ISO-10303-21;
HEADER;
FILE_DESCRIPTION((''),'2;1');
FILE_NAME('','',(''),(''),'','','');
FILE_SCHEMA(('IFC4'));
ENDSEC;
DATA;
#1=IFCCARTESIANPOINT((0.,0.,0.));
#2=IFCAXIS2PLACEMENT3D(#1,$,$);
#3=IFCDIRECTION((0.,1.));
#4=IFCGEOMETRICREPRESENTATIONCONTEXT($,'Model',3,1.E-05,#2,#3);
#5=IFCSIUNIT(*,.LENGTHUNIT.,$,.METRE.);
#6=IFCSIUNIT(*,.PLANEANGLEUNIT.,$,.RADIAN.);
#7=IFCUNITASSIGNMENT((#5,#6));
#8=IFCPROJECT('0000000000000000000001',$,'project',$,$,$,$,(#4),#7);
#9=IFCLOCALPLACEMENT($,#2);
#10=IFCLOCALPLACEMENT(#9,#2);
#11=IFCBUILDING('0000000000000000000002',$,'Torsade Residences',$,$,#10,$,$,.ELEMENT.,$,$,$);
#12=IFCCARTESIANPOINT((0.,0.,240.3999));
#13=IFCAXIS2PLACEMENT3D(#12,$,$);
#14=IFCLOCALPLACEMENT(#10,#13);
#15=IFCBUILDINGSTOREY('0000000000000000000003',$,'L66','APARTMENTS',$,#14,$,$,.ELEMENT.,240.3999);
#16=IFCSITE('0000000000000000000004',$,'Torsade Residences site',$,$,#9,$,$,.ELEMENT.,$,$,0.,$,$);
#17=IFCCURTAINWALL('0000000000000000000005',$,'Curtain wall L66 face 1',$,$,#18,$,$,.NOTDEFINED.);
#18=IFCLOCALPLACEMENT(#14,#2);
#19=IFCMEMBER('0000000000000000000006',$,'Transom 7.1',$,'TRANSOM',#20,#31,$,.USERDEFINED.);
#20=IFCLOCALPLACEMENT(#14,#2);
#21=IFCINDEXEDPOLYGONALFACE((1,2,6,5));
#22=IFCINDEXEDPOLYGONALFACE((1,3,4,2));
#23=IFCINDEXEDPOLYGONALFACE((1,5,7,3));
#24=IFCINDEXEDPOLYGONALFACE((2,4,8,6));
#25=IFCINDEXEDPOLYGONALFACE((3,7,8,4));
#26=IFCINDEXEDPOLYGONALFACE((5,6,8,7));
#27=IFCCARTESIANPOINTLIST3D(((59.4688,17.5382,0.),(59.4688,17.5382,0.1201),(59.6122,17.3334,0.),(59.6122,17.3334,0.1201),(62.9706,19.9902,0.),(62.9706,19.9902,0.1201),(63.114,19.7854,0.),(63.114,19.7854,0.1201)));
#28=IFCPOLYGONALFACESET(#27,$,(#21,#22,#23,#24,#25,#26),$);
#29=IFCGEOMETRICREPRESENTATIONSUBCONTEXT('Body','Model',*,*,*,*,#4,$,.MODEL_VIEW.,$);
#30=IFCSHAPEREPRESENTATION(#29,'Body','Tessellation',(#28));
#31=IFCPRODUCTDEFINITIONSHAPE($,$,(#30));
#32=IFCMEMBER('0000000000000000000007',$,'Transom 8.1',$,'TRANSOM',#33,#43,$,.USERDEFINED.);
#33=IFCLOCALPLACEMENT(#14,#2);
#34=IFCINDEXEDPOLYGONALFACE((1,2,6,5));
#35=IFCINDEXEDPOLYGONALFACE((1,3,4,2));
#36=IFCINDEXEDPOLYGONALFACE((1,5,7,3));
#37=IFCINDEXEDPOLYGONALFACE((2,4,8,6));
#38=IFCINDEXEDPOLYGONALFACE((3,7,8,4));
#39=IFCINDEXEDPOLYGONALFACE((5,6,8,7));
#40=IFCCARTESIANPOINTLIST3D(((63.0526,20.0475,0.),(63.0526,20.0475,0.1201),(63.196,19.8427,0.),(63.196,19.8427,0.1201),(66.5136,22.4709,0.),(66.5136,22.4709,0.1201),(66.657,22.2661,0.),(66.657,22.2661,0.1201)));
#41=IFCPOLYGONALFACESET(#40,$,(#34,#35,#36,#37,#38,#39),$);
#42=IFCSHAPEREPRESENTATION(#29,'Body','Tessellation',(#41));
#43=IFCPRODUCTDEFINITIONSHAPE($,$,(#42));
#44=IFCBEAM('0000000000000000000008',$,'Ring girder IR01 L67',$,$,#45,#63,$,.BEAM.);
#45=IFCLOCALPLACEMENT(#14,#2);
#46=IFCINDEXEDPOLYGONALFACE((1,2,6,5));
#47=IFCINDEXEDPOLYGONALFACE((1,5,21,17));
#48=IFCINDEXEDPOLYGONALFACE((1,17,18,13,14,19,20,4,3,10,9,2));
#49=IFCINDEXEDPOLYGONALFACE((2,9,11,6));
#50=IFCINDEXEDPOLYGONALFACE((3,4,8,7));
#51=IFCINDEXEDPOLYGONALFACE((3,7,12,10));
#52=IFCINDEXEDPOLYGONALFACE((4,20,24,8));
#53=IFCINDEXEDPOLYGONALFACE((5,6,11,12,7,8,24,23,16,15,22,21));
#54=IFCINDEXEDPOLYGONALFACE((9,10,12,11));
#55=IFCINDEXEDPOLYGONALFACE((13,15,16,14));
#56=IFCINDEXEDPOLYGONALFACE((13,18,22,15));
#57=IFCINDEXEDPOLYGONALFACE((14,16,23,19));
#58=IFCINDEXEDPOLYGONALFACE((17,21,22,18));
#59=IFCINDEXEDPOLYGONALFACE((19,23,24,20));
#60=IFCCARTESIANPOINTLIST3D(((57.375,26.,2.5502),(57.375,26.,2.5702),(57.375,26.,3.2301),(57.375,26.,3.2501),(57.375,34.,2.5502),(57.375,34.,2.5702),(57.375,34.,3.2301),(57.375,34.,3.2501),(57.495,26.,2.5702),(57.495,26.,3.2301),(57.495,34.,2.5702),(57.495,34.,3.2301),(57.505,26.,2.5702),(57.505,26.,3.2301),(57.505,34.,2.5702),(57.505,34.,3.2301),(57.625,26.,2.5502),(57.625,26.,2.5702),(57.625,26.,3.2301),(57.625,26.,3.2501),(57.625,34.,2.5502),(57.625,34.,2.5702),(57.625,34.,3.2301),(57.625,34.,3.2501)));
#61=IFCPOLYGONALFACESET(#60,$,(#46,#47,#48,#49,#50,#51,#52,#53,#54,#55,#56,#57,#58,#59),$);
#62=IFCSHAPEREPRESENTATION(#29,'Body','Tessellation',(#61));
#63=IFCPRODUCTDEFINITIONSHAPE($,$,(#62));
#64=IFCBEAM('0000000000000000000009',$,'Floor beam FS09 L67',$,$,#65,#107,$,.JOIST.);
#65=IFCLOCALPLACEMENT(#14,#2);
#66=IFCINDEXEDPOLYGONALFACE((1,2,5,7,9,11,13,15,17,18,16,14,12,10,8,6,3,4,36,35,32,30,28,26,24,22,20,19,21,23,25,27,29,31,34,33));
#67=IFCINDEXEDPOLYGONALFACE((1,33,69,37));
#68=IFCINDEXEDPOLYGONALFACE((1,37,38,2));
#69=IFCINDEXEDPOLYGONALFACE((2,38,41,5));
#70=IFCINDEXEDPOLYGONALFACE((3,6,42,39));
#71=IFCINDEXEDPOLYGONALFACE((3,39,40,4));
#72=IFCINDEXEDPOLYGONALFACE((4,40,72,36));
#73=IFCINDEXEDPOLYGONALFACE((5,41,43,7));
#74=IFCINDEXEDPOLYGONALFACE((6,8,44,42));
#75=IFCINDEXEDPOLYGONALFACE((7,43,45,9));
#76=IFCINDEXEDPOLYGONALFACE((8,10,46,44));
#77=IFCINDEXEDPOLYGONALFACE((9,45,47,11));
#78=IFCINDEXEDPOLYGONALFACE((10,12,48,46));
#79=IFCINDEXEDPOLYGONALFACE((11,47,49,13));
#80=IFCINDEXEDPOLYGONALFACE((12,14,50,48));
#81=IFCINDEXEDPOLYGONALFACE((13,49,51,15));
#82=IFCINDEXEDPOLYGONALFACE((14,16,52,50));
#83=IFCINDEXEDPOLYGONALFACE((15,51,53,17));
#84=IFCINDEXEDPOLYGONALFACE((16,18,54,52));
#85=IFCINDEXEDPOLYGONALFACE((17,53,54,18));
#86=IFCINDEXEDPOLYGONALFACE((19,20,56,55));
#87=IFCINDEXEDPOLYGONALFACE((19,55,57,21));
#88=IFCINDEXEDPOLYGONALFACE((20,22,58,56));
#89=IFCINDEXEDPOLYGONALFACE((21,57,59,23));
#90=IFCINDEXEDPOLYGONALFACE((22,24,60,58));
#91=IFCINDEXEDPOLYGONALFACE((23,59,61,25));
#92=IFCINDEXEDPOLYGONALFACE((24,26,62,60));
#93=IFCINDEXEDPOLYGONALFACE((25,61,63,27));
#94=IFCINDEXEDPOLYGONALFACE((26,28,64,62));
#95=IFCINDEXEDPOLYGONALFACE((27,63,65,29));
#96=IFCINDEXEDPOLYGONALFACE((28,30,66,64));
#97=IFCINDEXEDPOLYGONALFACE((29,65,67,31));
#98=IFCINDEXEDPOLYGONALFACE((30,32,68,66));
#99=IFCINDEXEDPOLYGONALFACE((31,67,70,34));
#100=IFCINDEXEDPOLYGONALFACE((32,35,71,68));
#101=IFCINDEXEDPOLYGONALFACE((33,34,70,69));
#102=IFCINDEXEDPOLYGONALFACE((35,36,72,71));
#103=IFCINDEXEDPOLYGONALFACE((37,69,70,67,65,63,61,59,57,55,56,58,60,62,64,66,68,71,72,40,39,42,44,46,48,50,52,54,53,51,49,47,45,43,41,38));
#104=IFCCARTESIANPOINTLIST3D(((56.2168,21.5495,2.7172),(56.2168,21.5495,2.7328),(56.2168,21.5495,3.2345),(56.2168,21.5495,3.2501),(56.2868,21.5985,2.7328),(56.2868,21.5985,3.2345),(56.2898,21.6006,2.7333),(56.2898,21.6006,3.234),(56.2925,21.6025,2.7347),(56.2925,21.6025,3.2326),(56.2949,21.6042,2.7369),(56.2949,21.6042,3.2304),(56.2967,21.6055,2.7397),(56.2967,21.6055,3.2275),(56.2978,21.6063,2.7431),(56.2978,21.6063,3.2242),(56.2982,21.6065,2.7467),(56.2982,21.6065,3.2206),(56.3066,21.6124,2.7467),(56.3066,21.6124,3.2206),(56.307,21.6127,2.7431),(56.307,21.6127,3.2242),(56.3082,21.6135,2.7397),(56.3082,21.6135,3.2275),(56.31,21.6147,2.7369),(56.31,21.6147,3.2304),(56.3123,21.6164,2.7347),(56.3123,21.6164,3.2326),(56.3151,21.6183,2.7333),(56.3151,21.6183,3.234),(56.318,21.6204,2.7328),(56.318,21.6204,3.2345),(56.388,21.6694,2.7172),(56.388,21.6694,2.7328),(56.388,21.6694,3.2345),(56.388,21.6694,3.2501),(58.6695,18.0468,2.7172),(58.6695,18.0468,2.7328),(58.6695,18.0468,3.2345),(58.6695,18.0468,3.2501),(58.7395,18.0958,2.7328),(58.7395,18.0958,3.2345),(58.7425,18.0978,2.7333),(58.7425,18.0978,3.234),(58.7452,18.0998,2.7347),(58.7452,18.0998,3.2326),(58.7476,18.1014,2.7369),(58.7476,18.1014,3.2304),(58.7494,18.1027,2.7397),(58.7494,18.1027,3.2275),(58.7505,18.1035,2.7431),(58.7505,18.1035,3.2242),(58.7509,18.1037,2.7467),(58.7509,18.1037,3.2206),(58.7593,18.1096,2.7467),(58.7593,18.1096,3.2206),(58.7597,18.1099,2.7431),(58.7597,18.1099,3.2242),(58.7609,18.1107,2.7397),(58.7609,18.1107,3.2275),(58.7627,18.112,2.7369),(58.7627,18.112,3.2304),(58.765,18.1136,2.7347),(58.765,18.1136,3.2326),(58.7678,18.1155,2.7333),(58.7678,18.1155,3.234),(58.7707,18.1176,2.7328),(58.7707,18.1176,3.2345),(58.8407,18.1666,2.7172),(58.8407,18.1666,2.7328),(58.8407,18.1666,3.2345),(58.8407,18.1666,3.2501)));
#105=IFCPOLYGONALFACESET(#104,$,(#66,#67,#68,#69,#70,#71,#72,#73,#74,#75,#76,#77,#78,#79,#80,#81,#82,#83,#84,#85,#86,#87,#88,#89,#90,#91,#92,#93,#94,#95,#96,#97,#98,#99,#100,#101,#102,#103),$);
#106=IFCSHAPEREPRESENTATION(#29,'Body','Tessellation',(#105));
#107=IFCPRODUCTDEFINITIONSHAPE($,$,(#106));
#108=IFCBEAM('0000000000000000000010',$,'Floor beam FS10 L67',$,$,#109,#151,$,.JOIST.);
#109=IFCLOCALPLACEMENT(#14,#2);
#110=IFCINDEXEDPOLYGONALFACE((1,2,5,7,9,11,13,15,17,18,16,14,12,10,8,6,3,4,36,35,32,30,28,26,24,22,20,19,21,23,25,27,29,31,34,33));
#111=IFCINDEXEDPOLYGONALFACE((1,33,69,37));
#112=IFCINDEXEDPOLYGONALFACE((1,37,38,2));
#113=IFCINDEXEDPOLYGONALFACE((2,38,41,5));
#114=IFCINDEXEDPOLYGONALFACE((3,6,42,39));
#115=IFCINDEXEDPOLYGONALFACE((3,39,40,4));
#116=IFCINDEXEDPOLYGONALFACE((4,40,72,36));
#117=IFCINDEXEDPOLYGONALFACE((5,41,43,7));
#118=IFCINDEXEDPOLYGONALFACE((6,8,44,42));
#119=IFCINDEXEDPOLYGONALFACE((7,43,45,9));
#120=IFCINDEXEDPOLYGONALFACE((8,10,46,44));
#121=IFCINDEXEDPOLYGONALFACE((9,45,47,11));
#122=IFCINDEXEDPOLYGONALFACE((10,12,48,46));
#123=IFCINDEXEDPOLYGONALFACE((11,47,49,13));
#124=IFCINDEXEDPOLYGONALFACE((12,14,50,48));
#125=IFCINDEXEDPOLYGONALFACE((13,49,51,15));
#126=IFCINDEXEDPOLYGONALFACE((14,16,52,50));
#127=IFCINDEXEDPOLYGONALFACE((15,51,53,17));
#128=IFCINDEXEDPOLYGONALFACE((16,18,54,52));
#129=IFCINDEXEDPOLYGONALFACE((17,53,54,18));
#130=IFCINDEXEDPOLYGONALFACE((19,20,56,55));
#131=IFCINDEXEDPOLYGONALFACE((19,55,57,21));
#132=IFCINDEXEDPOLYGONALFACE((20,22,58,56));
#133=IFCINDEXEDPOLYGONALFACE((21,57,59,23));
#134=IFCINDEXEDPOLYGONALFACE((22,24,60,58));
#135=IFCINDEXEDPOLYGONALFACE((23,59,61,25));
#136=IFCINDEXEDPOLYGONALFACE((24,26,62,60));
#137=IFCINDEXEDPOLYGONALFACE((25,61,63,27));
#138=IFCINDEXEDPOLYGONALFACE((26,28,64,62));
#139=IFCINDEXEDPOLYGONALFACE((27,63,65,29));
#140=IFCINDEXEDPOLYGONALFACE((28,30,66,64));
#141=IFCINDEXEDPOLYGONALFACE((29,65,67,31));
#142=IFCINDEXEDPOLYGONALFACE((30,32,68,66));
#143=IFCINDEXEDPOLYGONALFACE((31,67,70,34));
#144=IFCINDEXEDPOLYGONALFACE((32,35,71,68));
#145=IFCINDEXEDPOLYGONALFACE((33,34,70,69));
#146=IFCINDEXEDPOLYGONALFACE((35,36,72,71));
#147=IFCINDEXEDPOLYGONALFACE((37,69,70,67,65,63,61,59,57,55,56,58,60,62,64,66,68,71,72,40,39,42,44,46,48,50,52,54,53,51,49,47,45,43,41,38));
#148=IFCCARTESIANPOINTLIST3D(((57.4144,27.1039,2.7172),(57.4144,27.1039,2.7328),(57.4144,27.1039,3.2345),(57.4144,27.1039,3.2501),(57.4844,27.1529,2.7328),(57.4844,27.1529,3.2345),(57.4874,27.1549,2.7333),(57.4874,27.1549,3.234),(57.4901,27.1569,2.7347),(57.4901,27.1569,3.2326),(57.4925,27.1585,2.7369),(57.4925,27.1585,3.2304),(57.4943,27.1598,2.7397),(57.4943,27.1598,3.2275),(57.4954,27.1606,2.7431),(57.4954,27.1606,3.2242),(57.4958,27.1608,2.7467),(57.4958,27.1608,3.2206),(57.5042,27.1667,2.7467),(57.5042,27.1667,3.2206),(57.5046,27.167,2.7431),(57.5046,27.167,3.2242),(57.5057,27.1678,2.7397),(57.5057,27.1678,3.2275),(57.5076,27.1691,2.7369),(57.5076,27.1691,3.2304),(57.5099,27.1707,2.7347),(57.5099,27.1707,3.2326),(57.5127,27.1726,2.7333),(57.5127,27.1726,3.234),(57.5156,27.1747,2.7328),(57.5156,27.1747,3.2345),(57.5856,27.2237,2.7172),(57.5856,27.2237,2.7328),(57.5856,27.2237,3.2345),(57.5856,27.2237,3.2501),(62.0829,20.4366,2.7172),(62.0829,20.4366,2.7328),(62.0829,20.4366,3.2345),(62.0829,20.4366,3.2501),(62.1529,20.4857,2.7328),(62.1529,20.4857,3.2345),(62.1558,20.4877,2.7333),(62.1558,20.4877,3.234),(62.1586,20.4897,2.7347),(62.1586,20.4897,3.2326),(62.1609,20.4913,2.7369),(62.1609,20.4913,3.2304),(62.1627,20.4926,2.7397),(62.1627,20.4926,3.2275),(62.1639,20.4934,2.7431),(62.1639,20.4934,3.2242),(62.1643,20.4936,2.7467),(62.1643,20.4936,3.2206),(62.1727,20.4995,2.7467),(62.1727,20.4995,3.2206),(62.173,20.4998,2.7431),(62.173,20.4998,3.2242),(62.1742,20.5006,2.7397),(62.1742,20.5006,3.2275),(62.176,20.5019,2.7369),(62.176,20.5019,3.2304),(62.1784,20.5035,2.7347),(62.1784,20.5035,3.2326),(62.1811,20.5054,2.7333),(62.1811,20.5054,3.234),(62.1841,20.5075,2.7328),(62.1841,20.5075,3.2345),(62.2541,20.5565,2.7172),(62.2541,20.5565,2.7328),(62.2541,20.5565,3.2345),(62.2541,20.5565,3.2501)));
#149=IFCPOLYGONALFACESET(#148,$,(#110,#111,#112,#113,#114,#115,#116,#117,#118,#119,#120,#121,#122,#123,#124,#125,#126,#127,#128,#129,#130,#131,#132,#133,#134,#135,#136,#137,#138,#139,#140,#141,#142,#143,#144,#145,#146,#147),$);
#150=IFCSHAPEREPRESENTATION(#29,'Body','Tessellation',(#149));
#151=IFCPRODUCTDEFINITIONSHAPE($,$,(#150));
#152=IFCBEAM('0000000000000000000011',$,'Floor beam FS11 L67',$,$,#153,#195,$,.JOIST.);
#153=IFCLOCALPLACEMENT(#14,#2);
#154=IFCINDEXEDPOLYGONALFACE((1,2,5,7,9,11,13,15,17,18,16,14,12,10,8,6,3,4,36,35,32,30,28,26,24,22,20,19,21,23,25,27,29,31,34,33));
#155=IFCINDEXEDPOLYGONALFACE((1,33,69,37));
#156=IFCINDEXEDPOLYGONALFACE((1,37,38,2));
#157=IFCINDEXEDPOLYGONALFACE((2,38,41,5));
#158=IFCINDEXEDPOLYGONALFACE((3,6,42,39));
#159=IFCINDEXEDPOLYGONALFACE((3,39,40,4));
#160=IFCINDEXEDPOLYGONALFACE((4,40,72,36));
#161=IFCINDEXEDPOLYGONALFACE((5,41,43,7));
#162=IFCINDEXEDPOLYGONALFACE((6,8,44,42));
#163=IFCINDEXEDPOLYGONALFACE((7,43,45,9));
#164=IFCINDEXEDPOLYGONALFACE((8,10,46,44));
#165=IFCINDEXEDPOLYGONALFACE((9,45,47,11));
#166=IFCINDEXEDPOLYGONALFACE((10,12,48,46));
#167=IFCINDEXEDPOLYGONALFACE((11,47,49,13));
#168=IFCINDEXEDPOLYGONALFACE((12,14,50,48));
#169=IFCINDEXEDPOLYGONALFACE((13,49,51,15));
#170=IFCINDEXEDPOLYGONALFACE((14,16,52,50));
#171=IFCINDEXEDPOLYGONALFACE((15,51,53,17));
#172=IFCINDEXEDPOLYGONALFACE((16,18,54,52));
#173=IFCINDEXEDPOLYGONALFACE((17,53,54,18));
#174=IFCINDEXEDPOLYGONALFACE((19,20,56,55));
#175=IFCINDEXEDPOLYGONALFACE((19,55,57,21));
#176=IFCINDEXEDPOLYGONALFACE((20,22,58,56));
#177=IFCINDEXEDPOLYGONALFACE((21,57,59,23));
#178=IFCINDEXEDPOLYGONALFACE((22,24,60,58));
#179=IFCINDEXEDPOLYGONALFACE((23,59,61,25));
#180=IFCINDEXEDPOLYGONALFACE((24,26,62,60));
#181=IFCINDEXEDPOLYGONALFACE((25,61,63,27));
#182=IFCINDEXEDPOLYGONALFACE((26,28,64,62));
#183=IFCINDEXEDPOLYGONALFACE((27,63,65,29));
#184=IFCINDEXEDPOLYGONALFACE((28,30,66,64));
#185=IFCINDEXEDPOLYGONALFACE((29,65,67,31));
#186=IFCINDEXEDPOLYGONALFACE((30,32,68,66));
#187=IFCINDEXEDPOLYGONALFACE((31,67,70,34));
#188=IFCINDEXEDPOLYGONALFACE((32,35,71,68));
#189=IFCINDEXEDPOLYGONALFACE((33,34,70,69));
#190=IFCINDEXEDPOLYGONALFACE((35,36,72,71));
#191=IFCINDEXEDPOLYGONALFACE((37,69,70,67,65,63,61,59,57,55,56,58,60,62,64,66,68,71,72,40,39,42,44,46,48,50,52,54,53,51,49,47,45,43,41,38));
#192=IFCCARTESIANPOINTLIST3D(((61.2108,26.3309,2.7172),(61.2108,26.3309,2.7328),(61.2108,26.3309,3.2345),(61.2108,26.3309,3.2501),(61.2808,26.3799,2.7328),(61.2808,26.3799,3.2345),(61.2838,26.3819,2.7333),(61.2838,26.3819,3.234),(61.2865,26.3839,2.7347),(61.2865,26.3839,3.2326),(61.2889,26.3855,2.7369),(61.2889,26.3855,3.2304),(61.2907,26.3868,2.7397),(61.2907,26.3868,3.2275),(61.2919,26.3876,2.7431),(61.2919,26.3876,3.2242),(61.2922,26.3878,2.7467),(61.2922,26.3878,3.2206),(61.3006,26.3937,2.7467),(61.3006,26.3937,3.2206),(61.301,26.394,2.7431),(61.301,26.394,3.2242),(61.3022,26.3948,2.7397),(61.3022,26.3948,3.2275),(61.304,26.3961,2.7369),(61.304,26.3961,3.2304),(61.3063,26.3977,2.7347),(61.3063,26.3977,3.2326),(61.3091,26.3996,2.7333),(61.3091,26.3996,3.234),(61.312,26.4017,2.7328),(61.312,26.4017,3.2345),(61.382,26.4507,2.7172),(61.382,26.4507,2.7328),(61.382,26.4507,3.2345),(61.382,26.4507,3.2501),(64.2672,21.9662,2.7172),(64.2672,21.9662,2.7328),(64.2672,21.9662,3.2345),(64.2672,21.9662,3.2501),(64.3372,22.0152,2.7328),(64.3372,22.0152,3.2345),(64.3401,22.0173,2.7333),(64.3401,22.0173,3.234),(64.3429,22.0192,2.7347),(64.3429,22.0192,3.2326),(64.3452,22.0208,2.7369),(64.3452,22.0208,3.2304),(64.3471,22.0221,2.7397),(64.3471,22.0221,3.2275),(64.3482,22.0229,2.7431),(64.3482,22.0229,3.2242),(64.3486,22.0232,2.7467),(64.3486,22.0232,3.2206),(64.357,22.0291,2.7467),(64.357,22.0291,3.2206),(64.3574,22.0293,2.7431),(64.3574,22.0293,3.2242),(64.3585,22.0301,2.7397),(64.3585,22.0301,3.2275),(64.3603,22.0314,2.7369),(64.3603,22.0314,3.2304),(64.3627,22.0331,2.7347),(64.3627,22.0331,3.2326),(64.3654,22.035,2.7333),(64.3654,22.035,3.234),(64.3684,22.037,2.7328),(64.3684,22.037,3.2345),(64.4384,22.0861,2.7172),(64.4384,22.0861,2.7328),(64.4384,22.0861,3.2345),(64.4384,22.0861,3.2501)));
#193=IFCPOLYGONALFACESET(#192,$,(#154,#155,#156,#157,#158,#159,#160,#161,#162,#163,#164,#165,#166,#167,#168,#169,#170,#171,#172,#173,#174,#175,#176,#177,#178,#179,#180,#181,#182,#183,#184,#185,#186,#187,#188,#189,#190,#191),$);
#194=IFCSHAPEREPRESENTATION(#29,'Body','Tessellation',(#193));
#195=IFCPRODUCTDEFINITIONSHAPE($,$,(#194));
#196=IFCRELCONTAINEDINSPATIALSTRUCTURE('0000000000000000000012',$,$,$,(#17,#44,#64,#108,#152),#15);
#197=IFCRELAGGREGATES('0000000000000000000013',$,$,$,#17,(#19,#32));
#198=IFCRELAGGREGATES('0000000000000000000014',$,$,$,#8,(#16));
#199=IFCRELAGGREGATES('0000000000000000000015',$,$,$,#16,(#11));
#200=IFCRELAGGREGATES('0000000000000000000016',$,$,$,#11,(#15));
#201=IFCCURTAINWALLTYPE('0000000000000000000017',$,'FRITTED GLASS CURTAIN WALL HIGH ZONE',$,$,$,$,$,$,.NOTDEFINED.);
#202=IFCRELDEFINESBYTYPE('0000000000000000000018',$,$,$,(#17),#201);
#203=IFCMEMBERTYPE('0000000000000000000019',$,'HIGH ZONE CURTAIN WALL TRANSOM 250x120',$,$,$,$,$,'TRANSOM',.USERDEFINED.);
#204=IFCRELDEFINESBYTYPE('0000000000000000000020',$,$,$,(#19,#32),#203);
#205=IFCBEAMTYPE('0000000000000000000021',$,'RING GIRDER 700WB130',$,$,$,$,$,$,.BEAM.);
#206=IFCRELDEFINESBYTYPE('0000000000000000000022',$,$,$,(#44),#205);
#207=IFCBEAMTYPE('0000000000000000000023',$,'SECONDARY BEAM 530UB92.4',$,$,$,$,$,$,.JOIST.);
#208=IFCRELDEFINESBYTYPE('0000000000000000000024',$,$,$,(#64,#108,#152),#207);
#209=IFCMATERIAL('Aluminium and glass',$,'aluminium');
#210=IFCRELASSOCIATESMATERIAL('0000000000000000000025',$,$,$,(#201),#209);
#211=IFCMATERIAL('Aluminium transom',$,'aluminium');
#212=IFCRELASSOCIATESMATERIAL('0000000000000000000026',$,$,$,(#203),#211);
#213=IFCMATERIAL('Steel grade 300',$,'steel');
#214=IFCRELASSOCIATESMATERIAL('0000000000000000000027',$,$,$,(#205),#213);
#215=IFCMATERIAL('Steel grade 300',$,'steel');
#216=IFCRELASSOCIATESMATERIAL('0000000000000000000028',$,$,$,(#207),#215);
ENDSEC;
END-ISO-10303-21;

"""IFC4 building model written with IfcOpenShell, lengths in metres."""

from ifc_helpers import new_model, si_unit, direction, frame, origin, origin_2d, place, context, subcontext, project, spatial, rectangle, i_section, extrude, material, material_profile, profile_set, type_object, element, aggregate, save


model = new_model("IFC4")

# Units and contexts
model_context = context("Model", 3, precision=1e-05, world=origin(), true_north=direction((0.0, 1.0)))
body_context = subcontext(model_context, "Body", "Model", "MODEL_VIEW")
ifc_project = project(units=[si_unit("LENGTHUNIT", "METRE"), si_unit("PLANEANGLEUNIT", "RADIAN")], contexts=[model_context])

# Site, building, storey
site_placement = place(None, origin())
site = spatial("IfcSite", under=ifc_project, at=site_placement, Name="Torsade Residences site", CompositionType="ELEMENT", RefElevation=0.0)
building_placement = place(site_placement, origin())
building = spatial("IfcBuilding", under=site, at=building_placement, Name="Torsade Residences", CompositionType="ELEMENT")
storey_placement = place(building_placement, frame((0.0, 0.0, 240.3999)))
storey = spatial("IfcBuildingStorey", under=building, at=storey_placement, Name="L66", Description="APARTMENTS", CompositionType="ELEMENT", Elevation=240.3999)

# Curtain wall, members
ifc_material_1 = material(Name="Aluminium and glass", Category="aluminium")
curtain_wall_type = type_object("IfcCurtainWallType", Name="FRITTED GLASS CURTAIN WALL HIGH ZONE", PredefinedType="NOTDEFINED", material=ifc_material_1)
curtain_wall_placement = place(storey_placement, origin())
curtain_wall = element("IfcCurtainWall", 1, at=curtain_wall_placement, inside=storey, type_object=curtain_wall_type, Name="Curtain wall L66 face 1", PredefinedType="NOTDEFINED")
ifc_material_2 = material(Name="Aluminium transom", Category="aluminium")
ifc_material_profile_1 = material_profile(ifc_material_2, rectangle(XDim=0.25, YDim=0.1201, at=origin_2d()), Name="HIGH ZONE CURTAIN WALL TRANSOM 250x120")
ifc_profile_set_1 = profile_set([ifc_material_profile_1], Name="Aluminium transom")
member_type_1 = type_object("IfcMemberType", Name="HIGH ZONE CURTAIN WALL TRANSOM 250x120", ElementType="TRANSOM", PredefinedType="USERDEFINED", material=ifc_profile_set_1)
member_1_placement = place(storey_placement, frame((59.5405, 17.4358, 0.0601), z_axis=(0.819154, 0.573573, 0.0), x_axis=(-0.573573, 0.819154, 0.0)))
member_1 = element("IfcMember", 2, at=member_1_placement, type_object=member_type_1, Name="Transom 7.1", ObjectType="TRANSOM", PredefinedType="USERDEFINED", context=body_context, shape_type="SweptSolid", body=[
    extrude(rectangle(XDim=0.25, YDim=0.1201, at=origin_2d()), origin(), (0.0, 0.0, 1.0), 4.2749),
])
member_2_placement = place(storey_placement, frame((63.1243, 19.9451, 0.0601), z_axis=(0.819156, 0.573571, 0.0), x_axis=(-0.573571, 0.819156, 0.0)))
member_2 = element("IfcMember", 3, at=member_2_placement, type_object=member_type_1, Name="Transom 8.1", ObjectType="TRANSOM", PredefinedType="USERDEFINED", context=body_context, shape_type="SweptSolid", body=[
    extrude(rectangle(XDim=0.25, YDim=0.1201, at=origin_2d()), origin(), (0.0, 0.0, 1.0), 4.2251),
])

# Beams
ifc_material_3 = material(Name="Steel grade 300", Category="steel")
ifc_material_profile_2 = material_profile(ifc_material_3, i_section(OverallWidth=0.25, OverallDepth=0.7, WebThickness=0.01, FlangeThickness=0.02, at=origin_2d()), Name="700WB130")
ifc_profile_set_2 = profile_set([ifc_material_profile_2], Name="Steel grade 300")
beam_type_1 = type_object("IfcBeamType", Name="RING GIRDER 700WB130", PredefinedType="BEAM", material=ifc_profile_set_2)
beam_1_placement = place(storey_placement, frame((57.5, 26.0, 2.9001), z_axis=(0.0, 1.0, 0.0), x_axis=(-1.0, 0.0, 0.0)))
element("IfcBeam", 4, at=beam_1_placement, inside=storey, type_object=beam_type_1, Name="Ring girder IR01 L67", PredefinedType="BEAM", context=body_context, shape_type="SweptSolid", body=[
    extrude(i_section(OverallWidth=0.25, OverallDepth=0.7, WebThickness=0.01, FlangeThickness=0.02, at=origin_2d()), origin(), (0.0, 0.0, 1.0), 8.0),
])
ifc_material_4 = material(Name="Steel grade 300", Category="steel")
ifc_material_profile_3 = material_profile(ifc_material_4, i_section(OverallWidth=0.209, OverallDepth=0.533, WebThickness=0.0103, FlangeThickness=0.0156, FilletRadius=0.0139, at=origin_2d()), Name="530UB92.4")
ifc_profile_set_3 = profile_set([ifc_material_profile_3], Name="Steel grade 300")
beam_type_2 = type_object("IfcBeamType", Name="SECONDARY BEAM 530UB92.4", PredefinedType="JOIST", material=ifc_profile_set_3)
beam_2_placement = place(storey_placement, frame((58.7551, 18.1067, 2.9836), z_axis=(-0.573581, 0.819149, 0.0), x_axis=(-0.819149, -0.573581, 0.0)))
element("IfcBeam", 5, at=beam_2_placement, inside=storey, type_object=beam_type_2, Name="Floor beam FS09 L67", PredefinedType="JOIST", context=body_context, shape_type="SweptSolid", body=[
    extrude(i_section(OverallWidth=0.209, OverallDepth=0.533, WebThickness=0.0103, FlangeThickness=0.0156, FilletRadius=0.0139, at=origin_2d()), origin(), (0.0, 0.0, 1.0), 4.2761),
])
beam_3_placement = place(storey_placement, frame((62.1685, 20.4966, 2.9836), z_axis=(-0.573577, 0.819152, 0.0), x_axis=(-0.819152, -0.573577, 0.0)))
element("IfcBeam", 6, at=beam_3_placement, inside=storey, type_object=beam_type_2, Name="Floor beam FS10 L67", PredefinedType="JOIST", context=body_context, shape_type="SweptSolid", body=[
    extrude(i_section(OverallWidth=0.209, OverallDepth=0.533, WebThickness=0.0103, FlangeThickness=0.0156, FilletRadius=0.0139, at=origin_2d()), origin(), (0.0, 0.0, 1.0), 8.1392),
])
beam_4_placement = place(storey_placement, frame((64.3528, 22.0261, 2.9836), z_axis=(-0.573598, 0.819137, 0.0), x_axis=(-0.819137, -0.573598, 0.0)))
element("IfcBeam", 7, at=beam_4_placement, inside=storey, type_object=beam_type_2, Name="Floor beam FS11 L67", PredefinedType="JOIST", context=body_context, shape_type="SweptSolid", body=[
    extrude(i_section(OverallWidth=0.209, OverallDepth=0.533, WebThickness=0.0103, FlangeThickness=0.0156, FilletRadius=0.0139, at=origin_2d()), origin(), (0.0, 0.0, 1.0), 5.3284),
])

aggregate(curtain_wall, [member_1, member_2])

save(model, "model.ifc")
